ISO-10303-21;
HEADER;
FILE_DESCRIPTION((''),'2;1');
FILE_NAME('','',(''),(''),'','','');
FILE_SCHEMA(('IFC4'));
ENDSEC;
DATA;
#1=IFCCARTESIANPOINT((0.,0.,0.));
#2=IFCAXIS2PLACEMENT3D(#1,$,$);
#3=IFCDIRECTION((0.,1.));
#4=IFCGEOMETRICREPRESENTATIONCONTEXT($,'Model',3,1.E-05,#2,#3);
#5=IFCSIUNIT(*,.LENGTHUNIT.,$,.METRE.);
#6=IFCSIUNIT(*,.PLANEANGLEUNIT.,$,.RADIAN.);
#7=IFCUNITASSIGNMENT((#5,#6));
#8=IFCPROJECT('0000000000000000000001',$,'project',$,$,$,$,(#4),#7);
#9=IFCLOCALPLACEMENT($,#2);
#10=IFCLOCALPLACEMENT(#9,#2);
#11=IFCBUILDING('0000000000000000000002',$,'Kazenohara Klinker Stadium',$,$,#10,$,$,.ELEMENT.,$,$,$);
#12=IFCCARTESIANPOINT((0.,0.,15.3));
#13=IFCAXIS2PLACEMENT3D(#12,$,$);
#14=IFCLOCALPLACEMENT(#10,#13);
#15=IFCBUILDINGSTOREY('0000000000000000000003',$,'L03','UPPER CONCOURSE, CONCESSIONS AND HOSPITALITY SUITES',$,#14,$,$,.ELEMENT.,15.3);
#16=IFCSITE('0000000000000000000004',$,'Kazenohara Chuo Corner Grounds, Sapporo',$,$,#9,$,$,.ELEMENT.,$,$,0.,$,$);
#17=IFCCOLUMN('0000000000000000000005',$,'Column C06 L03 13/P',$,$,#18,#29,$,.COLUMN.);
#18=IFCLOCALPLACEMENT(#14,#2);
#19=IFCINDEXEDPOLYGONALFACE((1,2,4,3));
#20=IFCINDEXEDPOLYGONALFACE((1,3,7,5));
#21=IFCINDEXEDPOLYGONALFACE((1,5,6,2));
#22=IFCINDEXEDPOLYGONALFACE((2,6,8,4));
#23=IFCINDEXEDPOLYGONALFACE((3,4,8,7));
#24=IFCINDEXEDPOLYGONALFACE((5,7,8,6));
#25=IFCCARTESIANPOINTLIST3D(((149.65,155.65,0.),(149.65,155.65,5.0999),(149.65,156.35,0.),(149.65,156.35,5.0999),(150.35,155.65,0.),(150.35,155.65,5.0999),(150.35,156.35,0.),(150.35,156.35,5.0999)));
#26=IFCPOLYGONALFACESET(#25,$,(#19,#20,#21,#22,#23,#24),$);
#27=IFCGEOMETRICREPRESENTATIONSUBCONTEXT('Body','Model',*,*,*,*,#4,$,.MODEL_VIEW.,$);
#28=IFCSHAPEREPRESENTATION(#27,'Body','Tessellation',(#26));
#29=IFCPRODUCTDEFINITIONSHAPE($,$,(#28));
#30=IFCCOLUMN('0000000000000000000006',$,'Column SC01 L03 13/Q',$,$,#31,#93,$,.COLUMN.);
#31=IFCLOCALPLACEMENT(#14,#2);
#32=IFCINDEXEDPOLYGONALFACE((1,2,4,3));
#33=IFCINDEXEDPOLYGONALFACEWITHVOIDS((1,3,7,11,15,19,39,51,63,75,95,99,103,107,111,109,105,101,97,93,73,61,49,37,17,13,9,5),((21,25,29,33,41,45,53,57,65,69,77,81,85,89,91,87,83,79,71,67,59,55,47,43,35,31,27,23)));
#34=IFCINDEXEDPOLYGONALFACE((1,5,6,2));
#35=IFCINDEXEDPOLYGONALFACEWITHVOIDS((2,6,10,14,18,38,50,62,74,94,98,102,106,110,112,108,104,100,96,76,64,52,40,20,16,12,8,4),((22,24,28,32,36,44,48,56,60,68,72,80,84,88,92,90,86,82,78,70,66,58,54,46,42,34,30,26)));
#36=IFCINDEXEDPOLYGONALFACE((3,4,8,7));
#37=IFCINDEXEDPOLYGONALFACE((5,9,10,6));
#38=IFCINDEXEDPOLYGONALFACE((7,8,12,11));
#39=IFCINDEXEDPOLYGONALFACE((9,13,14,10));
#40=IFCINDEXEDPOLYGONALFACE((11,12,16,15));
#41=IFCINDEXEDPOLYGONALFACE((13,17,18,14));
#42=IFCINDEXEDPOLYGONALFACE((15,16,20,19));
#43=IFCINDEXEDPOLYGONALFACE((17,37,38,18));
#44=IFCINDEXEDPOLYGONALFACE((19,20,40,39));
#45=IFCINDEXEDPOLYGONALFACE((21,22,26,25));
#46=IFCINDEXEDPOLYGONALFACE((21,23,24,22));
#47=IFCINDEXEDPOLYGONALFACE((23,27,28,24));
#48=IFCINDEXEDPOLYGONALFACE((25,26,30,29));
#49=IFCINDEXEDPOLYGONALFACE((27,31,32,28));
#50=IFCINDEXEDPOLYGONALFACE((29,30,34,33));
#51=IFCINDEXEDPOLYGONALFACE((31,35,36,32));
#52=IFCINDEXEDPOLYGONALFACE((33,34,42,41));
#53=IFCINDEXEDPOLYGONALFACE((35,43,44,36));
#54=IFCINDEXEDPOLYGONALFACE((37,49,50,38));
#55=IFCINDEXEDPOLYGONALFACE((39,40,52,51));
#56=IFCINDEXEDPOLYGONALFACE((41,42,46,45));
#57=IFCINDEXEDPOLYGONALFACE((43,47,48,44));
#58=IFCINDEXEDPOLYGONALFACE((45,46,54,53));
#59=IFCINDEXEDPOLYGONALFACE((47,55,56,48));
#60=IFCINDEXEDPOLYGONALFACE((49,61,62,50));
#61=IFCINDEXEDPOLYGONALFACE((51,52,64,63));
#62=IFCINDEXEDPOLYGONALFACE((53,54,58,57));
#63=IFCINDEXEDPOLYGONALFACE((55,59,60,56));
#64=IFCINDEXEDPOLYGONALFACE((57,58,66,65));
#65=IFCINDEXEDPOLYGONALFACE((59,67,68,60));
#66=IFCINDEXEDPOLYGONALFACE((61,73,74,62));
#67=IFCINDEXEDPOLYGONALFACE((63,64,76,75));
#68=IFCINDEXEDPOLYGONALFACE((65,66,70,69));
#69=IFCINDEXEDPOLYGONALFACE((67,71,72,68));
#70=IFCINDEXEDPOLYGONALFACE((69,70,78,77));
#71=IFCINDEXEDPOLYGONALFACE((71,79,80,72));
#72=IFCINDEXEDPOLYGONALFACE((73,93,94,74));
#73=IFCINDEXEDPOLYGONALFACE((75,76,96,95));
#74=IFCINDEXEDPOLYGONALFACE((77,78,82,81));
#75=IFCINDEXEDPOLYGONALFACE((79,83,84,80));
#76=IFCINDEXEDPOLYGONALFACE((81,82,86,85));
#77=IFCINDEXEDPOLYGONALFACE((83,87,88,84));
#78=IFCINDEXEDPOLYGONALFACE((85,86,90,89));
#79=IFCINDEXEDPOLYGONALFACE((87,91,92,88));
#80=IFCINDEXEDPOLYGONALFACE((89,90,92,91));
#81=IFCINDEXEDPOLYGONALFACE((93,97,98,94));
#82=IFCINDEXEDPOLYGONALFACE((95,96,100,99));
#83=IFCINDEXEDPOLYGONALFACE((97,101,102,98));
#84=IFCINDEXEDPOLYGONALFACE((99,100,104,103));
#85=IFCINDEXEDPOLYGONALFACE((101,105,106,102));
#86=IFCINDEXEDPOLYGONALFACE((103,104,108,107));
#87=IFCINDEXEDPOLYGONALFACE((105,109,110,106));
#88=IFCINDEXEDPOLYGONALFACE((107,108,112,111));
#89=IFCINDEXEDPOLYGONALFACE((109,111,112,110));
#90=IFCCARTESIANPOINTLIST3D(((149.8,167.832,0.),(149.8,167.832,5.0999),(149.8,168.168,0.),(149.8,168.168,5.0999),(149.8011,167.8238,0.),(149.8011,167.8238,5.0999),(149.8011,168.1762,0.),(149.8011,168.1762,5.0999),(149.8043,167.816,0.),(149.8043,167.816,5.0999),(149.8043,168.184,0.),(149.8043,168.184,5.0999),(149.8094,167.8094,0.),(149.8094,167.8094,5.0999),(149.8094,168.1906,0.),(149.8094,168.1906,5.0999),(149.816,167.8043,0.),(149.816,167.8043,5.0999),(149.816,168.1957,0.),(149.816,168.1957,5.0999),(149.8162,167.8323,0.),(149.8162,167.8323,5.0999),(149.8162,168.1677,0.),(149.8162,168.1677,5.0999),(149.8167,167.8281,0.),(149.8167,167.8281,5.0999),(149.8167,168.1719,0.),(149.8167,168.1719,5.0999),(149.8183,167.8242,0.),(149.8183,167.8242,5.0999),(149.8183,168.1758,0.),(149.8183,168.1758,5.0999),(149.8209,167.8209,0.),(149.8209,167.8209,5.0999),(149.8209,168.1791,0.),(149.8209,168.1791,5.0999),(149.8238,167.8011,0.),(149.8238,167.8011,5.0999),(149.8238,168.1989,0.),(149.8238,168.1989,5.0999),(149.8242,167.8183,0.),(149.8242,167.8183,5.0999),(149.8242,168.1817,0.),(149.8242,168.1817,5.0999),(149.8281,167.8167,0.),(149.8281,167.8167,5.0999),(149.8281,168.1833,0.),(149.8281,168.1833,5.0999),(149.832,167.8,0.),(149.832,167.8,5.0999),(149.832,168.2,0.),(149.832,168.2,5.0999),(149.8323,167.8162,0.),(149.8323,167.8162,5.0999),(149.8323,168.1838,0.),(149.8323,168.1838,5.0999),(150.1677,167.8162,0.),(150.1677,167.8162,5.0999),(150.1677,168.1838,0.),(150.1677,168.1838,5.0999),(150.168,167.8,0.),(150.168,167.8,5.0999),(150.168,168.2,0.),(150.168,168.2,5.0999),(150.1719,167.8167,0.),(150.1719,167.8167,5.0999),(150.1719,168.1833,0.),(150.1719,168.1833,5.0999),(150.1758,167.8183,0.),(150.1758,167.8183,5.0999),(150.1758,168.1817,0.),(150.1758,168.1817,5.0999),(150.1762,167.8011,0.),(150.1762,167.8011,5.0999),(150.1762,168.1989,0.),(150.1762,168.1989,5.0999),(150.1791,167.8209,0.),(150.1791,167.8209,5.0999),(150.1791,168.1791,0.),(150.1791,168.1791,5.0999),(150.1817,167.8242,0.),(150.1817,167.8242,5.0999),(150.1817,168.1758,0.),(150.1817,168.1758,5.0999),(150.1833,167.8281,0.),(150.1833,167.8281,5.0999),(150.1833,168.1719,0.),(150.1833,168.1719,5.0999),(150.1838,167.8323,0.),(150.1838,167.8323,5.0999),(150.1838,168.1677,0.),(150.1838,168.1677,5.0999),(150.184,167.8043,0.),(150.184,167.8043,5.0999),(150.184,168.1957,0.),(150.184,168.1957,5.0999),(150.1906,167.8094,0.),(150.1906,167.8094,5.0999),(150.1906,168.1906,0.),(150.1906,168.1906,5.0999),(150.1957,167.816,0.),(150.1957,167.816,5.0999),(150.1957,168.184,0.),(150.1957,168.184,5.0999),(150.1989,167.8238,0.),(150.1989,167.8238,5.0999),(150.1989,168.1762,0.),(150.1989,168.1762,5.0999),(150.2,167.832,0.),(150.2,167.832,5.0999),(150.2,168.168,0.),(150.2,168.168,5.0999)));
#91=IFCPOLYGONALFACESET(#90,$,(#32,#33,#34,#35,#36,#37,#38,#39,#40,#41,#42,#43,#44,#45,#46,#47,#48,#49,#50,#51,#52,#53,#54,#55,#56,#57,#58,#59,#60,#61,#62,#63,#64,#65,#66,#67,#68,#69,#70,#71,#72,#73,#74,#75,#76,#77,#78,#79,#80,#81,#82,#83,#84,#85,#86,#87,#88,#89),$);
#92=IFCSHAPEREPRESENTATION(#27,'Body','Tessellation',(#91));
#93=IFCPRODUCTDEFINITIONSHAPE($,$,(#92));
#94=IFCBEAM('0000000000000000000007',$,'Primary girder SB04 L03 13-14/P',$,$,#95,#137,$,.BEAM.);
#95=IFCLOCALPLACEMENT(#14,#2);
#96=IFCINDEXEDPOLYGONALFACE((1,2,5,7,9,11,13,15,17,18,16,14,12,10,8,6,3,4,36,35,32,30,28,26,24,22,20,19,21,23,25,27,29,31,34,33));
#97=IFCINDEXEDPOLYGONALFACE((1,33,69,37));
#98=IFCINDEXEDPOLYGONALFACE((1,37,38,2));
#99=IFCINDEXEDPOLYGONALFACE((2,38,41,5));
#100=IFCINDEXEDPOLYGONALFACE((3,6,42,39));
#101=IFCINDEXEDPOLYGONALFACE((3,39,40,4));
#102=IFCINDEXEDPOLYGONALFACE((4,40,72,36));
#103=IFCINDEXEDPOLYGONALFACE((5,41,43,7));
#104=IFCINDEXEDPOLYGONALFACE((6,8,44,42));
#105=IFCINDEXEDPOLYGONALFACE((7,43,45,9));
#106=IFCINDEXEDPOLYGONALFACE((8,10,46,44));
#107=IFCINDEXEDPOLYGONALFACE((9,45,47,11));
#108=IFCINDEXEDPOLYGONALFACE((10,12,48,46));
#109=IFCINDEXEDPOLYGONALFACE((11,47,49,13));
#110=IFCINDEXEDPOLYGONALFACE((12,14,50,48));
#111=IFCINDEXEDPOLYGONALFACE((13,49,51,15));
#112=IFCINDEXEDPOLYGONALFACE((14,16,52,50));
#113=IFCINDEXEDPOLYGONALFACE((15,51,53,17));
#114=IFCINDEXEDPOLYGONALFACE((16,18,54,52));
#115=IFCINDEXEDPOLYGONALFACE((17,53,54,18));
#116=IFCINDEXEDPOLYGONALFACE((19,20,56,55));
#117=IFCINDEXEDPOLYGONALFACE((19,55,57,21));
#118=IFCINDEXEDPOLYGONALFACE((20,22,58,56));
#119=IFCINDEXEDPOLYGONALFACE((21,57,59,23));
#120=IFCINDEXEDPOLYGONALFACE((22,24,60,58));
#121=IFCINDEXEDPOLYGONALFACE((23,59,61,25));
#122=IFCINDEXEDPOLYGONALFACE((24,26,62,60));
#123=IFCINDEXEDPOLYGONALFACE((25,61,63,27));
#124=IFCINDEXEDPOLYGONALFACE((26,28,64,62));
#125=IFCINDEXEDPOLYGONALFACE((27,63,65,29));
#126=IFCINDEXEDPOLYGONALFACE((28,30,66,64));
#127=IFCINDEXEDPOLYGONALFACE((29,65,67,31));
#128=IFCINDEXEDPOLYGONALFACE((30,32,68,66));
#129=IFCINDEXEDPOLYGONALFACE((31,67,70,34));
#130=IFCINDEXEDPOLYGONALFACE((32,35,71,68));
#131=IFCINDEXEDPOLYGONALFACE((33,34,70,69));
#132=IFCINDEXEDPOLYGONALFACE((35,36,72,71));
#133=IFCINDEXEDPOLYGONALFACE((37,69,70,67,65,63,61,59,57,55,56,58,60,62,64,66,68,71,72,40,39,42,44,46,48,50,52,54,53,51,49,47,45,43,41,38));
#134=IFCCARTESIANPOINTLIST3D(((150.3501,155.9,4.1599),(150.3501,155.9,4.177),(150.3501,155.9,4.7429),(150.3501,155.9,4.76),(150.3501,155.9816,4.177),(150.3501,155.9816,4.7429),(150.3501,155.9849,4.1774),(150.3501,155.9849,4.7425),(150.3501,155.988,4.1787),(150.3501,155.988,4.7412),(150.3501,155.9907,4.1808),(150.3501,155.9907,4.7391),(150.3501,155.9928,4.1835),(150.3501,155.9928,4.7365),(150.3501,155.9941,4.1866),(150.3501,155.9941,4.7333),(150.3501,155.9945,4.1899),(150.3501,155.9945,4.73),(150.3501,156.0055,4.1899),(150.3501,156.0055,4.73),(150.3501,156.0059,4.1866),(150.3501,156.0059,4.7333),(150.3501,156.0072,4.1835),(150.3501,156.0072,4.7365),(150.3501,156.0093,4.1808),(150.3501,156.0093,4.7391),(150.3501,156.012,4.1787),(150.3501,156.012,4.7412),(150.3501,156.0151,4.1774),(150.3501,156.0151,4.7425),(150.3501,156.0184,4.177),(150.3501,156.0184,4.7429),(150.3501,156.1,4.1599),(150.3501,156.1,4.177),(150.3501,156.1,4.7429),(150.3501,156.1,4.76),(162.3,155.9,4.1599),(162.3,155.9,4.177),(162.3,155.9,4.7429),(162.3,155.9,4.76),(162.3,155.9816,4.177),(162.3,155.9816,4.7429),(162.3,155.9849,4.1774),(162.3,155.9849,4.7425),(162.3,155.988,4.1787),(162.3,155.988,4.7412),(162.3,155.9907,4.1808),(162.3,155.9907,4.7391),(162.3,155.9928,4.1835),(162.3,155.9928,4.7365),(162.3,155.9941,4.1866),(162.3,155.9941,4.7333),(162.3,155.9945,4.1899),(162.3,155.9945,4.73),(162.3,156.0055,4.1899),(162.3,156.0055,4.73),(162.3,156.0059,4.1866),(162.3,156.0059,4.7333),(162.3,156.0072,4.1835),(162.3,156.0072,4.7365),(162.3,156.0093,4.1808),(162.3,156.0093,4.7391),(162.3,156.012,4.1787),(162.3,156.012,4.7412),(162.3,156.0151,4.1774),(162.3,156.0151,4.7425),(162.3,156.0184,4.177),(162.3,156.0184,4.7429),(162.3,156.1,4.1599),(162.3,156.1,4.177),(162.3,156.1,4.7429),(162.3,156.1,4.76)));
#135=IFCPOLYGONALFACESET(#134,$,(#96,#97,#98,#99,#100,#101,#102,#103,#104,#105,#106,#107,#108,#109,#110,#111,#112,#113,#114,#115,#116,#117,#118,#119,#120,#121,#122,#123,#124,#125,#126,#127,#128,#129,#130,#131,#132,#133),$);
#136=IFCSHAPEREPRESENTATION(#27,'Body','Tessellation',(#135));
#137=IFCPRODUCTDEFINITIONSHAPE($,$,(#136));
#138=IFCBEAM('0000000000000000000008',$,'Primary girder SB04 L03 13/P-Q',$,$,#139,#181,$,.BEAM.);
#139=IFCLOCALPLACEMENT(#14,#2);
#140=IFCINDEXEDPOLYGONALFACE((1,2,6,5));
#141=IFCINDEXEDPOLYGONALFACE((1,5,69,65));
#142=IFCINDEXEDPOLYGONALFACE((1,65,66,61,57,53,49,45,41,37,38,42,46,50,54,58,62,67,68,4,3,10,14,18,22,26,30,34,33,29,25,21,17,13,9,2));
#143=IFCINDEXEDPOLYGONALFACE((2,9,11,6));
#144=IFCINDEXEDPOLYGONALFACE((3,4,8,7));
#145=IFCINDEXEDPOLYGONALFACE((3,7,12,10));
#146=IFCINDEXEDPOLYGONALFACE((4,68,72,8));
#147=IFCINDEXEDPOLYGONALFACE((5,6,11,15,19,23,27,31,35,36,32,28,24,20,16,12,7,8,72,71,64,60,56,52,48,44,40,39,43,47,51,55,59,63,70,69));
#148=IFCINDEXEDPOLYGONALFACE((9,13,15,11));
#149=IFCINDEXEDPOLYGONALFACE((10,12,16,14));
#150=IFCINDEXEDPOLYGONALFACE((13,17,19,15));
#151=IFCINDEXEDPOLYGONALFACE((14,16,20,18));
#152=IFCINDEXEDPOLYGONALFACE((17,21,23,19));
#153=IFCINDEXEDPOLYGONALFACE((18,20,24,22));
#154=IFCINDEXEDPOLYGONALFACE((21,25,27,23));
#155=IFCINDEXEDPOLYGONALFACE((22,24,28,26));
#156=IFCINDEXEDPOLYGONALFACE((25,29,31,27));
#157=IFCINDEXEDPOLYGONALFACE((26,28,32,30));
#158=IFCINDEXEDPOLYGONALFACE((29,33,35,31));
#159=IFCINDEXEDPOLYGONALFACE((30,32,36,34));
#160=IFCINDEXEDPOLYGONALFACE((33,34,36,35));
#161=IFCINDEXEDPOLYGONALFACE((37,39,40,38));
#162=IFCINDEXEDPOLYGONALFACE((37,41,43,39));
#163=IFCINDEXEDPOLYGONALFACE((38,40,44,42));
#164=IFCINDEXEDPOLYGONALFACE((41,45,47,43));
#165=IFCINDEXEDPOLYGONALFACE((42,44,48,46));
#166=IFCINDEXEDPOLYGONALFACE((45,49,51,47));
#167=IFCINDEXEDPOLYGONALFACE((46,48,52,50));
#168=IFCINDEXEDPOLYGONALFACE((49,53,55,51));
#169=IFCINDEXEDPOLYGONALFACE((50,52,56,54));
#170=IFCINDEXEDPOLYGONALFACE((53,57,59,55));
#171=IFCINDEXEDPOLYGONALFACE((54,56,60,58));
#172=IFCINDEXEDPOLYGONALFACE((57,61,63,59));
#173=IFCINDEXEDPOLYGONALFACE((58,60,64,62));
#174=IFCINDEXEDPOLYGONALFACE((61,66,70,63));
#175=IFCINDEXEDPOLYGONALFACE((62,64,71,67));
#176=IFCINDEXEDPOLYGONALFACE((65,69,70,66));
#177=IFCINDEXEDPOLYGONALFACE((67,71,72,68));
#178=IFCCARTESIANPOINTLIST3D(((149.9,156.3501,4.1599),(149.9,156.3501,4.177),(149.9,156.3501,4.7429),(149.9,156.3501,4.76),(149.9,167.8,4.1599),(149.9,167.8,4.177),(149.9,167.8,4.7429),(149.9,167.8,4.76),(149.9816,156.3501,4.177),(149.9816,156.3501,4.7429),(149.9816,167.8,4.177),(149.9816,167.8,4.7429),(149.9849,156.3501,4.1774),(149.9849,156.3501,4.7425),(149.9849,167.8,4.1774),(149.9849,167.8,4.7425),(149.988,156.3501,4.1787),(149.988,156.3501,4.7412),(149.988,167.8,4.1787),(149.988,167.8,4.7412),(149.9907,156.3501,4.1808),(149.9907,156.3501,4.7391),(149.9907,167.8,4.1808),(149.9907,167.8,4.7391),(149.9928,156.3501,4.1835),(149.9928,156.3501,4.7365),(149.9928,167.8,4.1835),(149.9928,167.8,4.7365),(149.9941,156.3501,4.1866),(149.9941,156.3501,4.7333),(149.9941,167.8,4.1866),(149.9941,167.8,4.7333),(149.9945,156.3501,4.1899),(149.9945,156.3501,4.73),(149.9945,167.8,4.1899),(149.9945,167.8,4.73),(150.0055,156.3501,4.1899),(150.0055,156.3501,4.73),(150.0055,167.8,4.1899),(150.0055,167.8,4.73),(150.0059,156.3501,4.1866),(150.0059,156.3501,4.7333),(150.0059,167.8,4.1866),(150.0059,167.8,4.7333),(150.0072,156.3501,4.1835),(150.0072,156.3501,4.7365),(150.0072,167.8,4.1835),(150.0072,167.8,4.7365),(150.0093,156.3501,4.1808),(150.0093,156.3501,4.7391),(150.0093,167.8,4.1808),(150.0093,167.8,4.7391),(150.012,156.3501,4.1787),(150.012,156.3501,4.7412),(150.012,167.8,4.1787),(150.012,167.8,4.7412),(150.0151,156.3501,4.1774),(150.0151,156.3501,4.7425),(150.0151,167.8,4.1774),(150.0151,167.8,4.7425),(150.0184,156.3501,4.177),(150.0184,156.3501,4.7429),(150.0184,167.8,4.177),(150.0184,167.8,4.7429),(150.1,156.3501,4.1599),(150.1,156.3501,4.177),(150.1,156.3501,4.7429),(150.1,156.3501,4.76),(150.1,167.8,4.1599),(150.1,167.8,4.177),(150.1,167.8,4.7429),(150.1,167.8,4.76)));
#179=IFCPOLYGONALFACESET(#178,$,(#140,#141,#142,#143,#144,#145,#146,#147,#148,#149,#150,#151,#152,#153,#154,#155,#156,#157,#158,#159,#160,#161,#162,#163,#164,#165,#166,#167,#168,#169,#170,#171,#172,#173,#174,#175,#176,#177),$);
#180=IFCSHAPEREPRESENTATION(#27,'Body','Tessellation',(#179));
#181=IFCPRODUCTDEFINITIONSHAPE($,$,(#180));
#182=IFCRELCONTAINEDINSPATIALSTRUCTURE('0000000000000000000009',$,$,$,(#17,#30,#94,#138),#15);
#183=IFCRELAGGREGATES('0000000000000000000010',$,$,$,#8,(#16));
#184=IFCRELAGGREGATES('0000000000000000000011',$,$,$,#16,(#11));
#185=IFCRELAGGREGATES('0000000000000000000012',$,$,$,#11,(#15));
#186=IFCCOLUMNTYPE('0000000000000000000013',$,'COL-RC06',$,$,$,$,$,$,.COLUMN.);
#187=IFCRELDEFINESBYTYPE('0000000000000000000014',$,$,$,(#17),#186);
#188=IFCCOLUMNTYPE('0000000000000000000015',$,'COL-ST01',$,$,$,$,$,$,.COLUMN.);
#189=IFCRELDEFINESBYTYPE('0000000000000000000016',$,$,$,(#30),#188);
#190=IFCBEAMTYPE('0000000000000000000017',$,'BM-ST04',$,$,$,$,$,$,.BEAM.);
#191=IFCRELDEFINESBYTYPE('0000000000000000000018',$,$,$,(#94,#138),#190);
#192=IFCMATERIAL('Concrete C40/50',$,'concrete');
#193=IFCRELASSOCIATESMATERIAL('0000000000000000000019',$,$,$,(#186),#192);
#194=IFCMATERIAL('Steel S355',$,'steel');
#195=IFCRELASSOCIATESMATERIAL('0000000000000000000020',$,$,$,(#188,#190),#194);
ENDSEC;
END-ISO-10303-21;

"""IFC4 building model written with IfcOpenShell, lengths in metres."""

from ifc_helpers import new_model, si_unit, direction, frame, origin, origin_2d, place, context, subcontext, project, spatial, rectangle, hollow_rectangle, i_section, extrude, material, material_profile, profile_set, type_object, element, save


model = new_model("IFC4")

# Units and contexts
model_context = context("Model", 3, precision=1e-05, world=origin(), true_north=direction((0.0, 1.0)))
body_context = subcontext(model_context, "Body", "Model", "MODEL_VIEW")
ifc_project = project(units=[si_unit("LENGTHUNIT", "METRE"), si_unit("PLANEANGLEUNIT", "RADIAN")], contexts=[model_context])

# Site, building, storey
site_placement = place(None, origin())
site = spatial("IfcSite", under=ifc_project, at=site_placement, Name="Kazenohara Chuo Corner Grounds, Sapporo", CompositionType="ELEMENT", RefElevation=0.0)
building_placement = place(site_placement, origin())
building = spatial("IfcBuilding", under=site, at=building_placement, Name="Kazenohara Klinker Stadium", CompositionType="ELEMENT")
storey_placement = place(building_placement, frame((0.0, 0.0, 15.3)))
storey = spatial("IfcBuildingStorey", under=building, at=storey_placement, Name="L03", Description="UPPER CONCOURSE, CONCESSIONS AND HOSPITALITY SUITES", CompositionType="ELEMENT", Elevation=15.3)

# Columns
ifc_material_1 = material(Name="Concrete C40/50", Category="concrete")
ifc_material_profile_1 = material_profile(ifc_material_1, rectangle(XDim=0.7, YDim=0.7, at=origin_2d()), Name="RC-COL-700x700")
ifc_profile_set_1 = profile_set([ifc_material_profile_1], Name="Concrete C40/50")
column_type_1 = type_object("IfcColumnType", Name="COL-RC06", PredefinedType="COLUMN", material=ifc_profile_set_1)
column_1_placement = place(storey_placement, frame((150.0, 156.0, 0.0), z_axis=(0.0, 0.0, 1.0), x_axis=(1.0, 0.0, 0.0)))
element("IfcColumn", 1, at=column_1_placement, inside=storey, type_object=column_type_1, Name="Column C06 L03 13/P", PredefinedType="COLUMN", context=body_context, shape_type="SweptSolid", body=[
    extrude(rectangle(XDim=0.7, YDim=0.7, at=origin_2d()), origin(), (0.0, 0.0, 1.0), 5.0999),
])
ifc_material_2 = material(Name="Steel S355", Category="steel")
ifc_material_profile_2 = material_profile(ifc_material_2, hollow_rectangle(XDim=0.3999, YDim=0.3999, WallThickness=0.0161, InnerFilletRadius=0.0161, OuterFilletRadius=0.032, at=origin_2d()), Name="SHS-400x400x16")
ifc_profile_set_2 = profile_set([ifc_material_profile_2], Name="Steel S355")
column_type_2 = type_object("IfcColumnType", Name="COL-ST01", PredefinedType="COLUMN", material=ifc_profile_set_2)
column_2_placement = place(storey_placement, frame((150.0, 168.0, 0.0), z_axis=(0.0, 0.0, 1.0), x_axis=(1.0, 0.0, 0.0)))
element("IfcColumn", 2, at=column_2_placement, inside=storey, type_object=column_type_2, Name="Column SC01 L03 13/Q", PredefinedType="COLUMN", context=body_context, shape_type="SweptSolid", body=[
    extrude(hollow_rectangle(XDim=0.3999, YDim=0.3999, WallThickness=0.0161, InnerFilletRadius=0.0161, OuterFilletRadius=0.032, at=origin_2d()), origin(), (0.0, 0.0, 1.0), 5.0999),
])

# Beams
ifc_material_profile_3 = material_profile(ifc_material_2, i_section(OverallWidth=0.2, OverallDepth=0.6001, WebThickness=0.011, FlangeThickness=0.0171, FilletRadius=0.0129, at=origin_2d()), Name="H-600x200x11x17")
ifc_profile_set_3 = profile_set([ifc_material_profile_3], Name="Steel S355")
beam_type_1 = type_object("IfcBeamType", Name="BM-ST04", PredefinedType="BEAM", material=ifc_profile_set_3)
beam_1_placement = place(storey_placement, frame((150.3501, 156.0, 4.46), z_axis=(1.0, 0.0, 0.0), x_axis=(0.0, 1.0, 0.0)))
element("IfcBeam", 3, at=beam_1_placement, inside=storey, type_object=beam_type_1, Name="Primary girder SB04 L03 13-14/P", PredefinedType="BEAM", context=body_context, shape_type="SweptSolid", body=[
    extrude(i_section(OverallWidth=0.2, OverallDepth=0.6001, WebThickness=0.011, FlangeThickness=0.0171, FilletRadius=0.0129, at=origin_2d()), origin(), (0.0, 0.0, 1.0), 11.95),
])
beam_2_placement = place(storey_placement, frame((150.0, 156.3501, 4.46), z_axis=(0.0, 1.0, 0.0), x_axis=(-1.0, 0.0, 0.0)))
element("IfcBeam", 4, at=beam_2_placement, inside=storey, type_object=beam_type_1, Name="Primary girder SB04 L03 13/P-Q", PredefinedType="BEAM", context=body_context, shape_type="SweptSolid", body=[
    extrude(i_section(OverallWidth=0.2, OverallDepth=0.6001, WebThickness=0.011, FlangeThickness=0.0171, FilletRadius=0.0129, at=origin_2d()), origin(), (0.0, 0.0, 1.0), 11.45),
])

save(model, "model.ifc")
